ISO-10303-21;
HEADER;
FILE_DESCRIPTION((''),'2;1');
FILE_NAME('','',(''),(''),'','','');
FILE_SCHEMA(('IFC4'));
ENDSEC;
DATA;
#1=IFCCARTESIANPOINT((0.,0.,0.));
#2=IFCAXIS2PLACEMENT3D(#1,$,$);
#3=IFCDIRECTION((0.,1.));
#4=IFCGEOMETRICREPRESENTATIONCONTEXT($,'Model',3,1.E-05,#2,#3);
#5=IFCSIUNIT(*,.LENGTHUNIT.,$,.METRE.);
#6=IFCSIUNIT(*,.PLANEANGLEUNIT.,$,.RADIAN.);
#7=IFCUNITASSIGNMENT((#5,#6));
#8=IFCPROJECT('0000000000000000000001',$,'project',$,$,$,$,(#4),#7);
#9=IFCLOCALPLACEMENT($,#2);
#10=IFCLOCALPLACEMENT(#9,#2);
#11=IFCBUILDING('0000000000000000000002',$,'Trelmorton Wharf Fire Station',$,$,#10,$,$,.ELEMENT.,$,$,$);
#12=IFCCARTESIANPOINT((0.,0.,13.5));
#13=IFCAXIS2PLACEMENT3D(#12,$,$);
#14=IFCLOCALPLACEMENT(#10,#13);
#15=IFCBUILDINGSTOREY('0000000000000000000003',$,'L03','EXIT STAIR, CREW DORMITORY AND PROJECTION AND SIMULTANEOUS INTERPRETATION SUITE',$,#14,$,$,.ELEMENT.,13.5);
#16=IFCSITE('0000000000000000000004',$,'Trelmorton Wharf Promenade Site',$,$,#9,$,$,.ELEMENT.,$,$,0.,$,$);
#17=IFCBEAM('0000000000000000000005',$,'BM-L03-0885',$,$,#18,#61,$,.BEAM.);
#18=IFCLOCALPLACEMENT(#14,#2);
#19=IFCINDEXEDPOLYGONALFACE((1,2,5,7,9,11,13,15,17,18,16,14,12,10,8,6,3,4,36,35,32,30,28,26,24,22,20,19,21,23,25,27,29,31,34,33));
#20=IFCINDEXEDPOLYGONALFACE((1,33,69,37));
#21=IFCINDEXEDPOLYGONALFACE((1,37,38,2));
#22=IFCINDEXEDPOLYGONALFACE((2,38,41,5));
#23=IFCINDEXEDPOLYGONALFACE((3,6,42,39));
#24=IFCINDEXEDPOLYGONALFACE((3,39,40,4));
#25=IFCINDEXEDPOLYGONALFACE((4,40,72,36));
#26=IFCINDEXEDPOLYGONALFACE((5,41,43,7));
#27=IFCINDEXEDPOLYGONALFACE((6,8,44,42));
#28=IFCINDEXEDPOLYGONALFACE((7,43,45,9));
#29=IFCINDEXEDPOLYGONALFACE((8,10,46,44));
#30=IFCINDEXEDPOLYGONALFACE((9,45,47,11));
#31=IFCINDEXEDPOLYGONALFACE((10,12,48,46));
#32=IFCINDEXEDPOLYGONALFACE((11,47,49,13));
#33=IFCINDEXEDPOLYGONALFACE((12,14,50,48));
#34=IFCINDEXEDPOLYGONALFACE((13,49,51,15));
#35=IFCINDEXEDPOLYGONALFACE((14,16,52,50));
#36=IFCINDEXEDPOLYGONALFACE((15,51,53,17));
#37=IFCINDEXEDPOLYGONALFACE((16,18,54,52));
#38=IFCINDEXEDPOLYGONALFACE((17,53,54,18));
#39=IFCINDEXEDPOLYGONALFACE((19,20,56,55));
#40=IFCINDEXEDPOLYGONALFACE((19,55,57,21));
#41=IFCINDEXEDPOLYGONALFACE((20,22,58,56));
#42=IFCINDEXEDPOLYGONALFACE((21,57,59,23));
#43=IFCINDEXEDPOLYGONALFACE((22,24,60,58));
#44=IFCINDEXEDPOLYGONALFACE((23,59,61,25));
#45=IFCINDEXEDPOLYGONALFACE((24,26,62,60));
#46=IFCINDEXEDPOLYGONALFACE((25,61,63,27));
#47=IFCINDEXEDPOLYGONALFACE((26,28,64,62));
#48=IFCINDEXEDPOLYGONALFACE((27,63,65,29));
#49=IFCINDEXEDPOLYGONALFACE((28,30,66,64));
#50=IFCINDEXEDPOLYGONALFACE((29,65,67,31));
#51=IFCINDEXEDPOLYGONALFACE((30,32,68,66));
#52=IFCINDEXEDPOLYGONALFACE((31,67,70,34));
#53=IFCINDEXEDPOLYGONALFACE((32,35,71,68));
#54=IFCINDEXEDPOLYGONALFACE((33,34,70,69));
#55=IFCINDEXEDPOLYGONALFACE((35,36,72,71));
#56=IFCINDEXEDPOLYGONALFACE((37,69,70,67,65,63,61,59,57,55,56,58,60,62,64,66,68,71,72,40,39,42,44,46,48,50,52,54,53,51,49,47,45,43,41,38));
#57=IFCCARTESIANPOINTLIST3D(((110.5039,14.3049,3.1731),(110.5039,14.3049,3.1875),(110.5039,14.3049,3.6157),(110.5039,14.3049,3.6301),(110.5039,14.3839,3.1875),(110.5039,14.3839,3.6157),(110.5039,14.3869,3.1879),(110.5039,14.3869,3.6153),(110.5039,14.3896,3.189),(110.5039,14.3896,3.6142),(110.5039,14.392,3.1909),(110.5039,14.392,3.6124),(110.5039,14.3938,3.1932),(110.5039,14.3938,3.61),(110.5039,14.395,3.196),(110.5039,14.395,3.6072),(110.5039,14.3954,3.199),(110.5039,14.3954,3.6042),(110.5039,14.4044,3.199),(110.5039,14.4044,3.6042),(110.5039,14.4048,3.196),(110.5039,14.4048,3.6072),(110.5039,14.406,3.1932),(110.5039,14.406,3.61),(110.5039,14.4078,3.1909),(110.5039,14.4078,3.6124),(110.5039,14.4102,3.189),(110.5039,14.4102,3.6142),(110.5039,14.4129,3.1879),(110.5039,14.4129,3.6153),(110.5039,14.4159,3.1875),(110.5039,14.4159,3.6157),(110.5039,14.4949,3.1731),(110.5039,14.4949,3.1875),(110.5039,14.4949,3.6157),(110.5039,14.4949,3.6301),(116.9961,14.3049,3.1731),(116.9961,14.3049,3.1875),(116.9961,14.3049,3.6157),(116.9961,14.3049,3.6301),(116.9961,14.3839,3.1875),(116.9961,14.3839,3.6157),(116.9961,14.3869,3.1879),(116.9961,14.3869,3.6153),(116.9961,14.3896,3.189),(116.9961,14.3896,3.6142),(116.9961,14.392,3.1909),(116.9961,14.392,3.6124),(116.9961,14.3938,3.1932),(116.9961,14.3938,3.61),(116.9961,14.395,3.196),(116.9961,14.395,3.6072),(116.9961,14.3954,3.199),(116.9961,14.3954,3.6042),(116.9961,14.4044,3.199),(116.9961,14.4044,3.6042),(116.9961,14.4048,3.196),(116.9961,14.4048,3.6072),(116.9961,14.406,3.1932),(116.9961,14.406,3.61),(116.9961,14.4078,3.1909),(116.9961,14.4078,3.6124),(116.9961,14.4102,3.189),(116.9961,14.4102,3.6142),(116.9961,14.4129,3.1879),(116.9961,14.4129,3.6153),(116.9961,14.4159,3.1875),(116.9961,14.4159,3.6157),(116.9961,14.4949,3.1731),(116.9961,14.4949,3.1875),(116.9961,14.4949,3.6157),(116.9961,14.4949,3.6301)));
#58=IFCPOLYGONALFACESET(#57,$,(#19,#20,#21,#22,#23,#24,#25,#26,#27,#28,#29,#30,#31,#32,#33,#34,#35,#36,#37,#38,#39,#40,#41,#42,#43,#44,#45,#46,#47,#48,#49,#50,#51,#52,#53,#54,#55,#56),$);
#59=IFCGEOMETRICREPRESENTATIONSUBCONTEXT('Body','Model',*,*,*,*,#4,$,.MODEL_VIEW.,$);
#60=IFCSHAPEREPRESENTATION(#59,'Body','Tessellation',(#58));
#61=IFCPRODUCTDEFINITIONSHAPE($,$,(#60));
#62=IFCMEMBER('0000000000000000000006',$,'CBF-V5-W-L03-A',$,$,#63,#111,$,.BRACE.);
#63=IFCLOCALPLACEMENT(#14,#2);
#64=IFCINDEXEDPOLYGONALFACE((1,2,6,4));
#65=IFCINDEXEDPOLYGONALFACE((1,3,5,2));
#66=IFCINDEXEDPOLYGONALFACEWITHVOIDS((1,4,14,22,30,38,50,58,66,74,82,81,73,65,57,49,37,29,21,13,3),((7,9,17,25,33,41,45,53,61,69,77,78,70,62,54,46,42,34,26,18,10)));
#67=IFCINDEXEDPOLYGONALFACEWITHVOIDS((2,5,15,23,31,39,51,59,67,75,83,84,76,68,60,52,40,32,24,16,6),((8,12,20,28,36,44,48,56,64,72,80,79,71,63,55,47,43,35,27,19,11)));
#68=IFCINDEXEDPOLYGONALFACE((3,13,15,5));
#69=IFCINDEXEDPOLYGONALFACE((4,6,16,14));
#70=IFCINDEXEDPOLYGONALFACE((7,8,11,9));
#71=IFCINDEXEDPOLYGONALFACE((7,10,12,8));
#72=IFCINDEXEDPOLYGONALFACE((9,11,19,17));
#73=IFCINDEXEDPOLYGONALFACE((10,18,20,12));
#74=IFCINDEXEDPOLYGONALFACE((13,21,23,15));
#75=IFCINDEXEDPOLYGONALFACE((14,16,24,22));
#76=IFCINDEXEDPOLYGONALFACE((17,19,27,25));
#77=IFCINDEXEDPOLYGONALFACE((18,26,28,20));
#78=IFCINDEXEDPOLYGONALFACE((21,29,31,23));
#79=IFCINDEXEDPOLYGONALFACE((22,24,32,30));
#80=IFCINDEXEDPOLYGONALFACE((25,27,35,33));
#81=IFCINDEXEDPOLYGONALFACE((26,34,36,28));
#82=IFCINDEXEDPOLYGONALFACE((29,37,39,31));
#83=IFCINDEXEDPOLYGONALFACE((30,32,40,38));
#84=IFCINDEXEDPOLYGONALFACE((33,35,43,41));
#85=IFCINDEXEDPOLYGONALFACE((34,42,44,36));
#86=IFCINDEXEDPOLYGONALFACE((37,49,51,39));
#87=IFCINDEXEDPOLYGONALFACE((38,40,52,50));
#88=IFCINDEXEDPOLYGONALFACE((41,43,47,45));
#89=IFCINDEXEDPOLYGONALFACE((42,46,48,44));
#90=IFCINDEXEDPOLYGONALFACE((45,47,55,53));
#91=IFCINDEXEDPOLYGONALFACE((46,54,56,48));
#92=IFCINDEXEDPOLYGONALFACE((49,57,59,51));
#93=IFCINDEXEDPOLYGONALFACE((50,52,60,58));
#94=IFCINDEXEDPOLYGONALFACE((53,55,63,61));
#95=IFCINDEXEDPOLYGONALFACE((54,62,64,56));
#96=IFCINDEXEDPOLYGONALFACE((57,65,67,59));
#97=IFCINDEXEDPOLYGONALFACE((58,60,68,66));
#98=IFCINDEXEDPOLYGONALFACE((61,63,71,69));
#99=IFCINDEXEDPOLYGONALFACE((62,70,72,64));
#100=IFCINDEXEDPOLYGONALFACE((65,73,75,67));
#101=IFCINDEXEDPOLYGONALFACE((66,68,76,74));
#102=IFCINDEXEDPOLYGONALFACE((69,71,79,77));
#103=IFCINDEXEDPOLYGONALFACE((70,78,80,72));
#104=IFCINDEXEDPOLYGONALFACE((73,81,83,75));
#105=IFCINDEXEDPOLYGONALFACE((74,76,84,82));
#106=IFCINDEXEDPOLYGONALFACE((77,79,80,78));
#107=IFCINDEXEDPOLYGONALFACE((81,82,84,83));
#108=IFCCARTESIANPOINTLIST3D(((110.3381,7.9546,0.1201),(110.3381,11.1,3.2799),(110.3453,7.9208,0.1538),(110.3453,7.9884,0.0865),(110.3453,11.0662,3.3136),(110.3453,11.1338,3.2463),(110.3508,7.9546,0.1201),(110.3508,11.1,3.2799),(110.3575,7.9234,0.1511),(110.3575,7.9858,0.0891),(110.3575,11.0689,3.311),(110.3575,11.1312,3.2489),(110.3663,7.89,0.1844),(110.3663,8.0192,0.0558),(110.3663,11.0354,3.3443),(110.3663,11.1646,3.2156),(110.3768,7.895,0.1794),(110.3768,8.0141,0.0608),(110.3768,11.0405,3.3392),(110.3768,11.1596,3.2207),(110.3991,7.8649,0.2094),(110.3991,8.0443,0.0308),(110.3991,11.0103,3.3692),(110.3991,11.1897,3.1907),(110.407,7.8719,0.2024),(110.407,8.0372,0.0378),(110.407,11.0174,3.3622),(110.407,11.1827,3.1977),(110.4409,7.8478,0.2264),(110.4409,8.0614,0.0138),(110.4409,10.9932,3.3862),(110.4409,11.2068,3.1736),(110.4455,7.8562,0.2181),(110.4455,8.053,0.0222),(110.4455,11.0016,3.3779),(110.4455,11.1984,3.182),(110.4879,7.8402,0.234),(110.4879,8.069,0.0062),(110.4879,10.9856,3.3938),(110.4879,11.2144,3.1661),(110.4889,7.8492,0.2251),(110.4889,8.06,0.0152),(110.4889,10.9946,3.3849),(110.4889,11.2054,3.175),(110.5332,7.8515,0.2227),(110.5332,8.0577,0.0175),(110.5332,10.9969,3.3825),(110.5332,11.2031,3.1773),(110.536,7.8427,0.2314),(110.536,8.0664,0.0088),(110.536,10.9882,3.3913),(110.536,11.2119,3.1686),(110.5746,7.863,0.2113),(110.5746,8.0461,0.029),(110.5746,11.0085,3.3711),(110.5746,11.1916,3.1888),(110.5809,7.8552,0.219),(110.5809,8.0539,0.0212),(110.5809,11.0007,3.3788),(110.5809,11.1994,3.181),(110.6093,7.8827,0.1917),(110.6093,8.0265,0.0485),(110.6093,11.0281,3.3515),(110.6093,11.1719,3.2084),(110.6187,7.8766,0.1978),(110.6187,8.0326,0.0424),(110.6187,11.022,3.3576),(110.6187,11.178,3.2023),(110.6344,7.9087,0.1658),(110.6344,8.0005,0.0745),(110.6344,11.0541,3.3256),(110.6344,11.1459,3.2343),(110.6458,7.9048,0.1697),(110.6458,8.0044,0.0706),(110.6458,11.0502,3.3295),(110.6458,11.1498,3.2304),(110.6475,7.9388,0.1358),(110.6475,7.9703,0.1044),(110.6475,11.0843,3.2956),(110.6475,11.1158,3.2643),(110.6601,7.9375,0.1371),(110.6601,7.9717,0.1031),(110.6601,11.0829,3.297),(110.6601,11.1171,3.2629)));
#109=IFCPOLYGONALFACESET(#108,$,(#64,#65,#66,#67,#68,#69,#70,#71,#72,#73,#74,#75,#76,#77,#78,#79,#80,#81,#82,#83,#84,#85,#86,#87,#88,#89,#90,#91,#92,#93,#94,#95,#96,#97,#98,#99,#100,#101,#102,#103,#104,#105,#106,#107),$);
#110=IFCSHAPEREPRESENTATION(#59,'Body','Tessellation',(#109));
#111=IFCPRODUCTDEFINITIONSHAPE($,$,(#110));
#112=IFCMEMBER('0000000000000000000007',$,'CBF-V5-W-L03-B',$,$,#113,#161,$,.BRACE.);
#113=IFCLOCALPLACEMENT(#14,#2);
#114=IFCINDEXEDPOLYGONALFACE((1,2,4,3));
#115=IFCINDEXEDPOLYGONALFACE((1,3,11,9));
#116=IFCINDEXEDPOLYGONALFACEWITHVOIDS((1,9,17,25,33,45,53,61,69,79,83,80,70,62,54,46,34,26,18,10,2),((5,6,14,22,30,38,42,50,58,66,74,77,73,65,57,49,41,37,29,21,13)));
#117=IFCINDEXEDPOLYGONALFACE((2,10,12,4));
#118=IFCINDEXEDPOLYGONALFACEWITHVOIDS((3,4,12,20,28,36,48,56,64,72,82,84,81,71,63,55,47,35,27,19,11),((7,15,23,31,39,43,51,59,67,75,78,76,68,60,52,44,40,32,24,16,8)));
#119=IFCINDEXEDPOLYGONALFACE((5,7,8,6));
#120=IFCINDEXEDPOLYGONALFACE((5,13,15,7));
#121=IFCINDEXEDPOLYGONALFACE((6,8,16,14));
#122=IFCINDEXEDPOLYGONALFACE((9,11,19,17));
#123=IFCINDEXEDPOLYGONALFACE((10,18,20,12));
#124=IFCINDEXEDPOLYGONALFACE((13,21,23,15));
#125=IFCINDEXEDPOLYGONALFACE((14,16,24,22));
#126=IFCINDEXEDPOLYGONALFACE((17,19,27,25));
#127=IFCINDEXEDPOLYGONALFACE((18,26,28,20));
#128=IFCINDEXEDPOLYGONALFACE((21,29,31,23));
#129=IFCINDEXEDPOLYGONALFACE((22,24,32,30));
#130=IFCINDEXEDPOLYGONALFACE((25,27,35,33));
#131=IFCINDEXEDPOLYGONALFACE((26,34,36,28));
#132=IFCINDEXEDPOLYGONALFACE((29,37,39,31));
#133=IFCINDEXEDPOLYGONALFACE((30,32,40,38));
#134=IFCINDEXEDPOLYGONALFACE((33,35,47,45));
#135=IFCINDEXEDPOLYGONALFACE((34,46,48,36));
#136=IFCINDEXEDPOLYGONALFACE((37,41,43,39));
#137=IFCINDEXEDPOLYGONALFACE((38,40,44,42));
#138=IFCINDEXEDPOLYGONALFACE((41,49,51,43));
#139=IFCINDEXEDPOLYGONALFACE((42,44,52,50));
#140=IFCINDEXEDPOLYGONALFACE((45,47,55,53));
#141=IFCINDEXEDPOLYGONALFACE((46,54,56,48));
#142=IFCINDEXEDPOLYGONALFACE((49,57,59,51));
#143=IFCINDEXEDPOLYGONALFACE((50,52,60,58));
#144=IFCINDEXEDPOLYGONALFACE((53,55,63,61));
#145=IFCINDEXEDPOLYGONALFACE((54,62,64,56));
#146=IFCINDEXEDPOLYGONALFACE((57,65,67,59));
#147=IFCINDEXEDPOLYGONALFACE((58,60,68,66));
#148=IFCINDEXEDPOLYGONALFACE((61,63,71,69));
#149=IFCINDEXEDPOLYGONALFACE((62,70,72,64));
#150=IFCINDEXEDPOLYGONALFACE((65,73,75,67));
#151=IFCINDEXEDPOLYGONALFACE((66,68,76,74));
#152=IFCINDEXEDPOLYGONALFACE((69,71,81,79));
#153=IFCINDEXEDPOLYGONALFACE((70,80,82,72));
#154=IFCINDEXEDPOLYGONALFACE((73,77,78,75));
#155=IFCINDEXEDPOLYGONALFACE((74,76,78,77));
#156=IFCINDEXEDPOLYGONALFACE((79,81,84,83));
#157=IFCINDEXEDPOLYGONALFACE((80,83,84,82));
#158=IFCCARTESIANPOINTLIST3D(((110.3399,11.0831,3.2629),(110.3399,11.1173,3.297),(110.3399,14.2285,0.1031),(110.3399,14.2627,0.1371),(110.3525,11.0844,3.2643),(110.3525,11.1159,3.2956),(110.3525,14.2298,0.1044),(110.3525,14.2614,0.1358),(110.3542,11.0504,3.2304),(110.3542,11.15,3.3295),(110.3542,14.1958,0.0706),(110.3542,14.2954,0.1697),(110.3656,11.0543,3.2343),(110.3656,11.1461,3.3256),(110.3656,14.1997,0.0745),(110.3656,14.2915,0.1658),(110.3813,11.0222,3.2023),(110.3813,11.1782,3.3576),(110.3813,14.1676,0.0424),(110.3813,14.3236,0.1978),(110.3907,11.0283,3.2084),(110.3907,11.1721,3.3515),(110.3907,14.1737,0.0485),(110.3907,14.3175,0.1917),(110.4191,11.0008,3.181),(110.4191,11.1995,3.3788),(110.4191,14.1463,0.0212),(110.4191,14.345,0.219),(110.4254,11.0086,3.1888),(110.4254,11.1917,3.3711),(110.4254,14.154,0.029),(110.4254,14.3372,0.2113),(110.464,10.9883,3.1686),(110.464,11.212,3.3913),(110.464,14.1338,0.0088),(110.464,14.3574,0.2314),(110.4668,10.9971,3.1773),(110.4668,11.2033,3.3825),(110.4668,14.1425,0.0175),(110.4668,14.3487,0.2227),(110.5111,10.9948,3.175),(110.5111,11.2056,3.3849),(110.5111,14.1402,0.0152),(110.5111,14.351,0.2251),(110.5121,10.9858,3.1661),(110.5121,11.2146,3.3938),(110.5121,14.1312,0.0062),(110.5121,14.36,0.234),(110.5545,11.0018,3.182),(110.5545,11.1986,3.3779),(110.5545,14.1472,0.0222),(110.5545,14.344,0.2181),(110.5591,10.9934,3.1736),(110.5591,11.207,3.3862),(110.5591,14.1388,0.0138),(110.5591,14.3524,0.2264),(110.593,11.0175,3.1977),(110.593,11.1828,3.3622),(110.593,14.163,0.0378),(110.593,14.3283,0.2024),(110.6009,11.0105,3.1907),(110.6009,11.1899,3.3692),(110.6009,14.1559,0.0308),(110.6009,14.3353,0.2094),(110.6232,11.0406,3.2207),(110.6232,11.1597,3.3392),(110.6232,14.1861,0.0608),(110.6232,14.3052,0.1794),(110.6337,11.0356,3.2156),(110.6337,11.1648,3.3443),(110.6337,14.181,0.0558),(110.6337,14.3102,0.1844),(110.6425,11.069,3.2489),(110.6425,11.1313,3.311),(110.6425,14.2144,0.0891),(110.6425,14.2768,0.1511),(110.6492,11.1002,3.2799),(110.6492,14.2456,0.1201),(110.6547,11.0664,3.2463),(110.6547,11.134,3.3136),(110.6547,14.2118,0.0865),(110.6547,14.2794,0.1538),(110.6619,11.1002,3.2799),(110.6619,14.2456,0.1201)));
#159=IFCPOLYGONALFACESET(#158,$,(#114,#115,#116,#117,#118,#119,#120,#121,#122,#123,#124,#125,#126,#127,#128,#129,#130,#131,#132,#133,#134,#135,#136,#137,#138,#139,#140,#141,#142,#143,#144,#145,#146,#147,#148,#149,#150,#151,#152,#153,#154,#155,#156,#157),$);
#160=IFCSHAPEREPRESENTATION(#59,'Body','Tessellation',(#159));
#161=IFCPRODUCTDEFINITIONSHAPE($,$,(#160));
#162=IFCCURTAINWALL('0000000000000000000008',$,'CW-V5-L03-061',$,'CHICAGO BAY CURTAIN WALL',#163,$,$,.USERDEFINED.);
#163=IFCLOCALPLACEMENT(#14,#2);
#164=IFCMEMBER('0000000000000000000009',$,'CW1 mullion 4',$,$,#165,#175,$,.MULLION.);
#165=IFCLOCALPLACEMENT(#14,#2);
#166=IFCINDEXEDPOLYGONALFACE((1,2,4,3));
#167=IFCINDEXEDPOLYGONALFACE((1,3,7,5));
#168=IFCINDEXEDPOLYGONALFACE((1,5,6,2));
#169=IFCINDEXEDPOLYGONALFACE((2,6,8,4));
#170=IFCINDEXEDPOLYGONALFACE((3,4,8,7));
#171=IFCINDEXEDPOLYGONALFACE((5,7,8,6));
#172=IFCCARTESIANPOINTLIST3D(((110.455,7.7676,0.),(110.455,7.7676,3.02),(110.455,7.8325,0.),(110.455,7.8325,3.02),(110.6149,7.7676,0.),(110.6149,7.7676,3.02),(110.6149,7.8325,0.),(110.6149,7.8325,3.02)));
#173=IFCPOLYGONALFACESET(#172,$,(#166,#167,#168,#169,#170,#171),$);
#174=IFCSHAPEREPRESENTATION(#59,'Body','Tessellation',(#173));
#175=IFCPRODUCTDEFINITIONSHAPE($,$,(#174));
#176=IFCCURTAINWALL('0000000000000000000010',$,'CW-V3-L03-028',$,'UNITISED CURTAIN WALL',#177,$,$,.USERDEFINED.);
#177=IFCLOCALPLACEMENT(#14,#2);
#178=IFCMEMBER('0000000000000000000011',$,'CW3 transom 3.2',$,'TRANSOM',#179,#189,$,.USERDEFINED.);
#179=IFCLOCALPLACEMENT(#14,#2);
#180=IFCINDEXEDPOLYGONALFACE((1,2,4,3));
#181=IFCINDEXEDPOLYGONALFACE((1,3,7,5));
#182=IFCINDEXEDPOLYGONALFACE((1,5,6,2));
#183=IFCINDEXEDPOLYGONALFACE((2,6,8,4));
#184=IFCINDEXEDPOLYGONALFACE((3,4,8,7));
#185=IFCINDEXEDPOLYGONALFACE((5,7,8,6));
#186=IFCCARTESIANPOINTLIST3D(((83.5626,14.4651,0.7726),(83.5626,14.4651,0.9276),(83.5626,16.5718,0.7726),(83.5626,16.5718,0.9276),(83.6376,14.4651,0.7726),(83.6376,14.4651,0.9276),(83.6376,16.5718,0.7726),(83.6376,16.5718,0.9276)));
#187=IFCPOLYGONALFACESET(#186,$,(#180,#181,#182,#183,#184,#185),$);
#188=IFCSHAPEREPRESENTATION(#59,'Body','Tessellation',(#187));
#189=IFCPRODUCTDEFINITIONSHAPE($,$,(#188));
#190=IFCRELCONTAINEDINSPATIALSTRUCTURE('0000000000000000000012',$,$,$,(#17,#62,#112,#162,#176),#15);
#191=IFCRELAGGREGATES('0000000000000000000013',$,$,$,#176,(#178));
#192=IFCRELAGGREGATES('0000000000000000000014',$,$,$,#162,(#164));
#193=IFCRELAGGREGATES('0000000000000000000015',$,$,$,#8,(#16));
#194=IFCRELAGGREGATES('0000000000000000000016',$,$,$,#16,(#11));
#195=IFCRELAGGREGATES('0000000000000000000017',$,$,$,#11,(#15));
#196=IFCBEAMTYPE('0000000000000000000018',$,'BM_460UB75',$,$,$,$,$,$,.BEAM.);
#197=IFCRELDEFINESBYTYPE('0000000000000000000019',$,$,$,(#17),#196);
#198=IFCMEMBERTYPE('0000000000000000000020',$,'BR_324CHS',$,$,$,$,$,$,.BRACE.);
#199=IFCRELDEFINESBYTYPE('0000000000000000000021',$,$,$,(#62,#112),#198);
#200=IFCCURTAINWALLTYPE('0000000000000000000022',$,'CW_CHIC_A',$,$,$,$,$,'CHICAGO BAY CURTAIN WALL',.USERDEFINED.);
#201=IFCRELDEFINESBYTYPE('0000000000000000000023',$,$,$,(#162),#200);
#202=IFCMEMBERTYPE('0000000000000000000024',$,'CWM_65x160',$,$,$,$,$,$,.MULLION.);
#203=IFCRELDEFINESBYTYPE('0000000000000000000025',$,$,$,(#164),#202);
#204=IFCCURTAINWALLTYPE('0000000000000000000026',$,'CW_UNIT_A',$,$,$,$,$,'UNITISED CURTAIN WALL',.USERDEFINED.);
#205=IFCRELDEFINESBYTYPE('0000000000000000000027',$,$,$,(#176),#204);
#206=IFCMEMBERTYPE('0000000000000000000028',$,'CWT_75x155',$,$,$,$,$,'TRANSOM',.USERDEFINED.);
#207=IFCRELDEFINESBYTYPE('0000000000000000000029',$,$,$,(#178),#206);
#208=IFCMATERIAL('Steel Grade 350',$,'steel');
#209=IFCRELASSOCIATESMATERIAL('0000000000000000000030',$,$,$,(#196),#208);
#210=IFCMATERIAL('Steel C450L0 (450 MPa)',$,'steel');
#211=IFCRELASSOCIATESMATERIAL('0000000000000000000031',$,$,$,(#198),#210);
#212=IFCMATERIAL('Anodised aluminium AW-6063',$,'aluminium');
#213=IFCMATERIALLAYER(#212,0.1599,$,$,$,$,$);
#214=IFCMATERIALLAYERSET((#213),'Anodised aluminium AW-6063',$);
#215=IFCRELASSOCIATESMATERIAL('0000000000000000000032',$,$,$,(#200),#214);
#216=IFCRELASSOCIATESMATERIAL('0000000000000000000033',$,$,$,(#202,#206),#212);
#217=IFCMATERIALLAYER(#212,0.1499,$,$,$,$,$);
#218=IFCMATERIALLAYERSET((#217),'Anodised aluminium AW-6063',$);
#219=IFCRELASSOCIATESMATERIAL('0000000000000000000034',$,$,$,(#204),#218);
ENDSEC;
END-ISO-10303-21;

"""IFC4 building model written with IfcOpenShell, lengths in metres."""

from ifc_helpers import new_model, si_unit, direction, frame, origin, origin_2d, place, context, subcontext, project, spatial, rectangle, hollow_circle, i_section, extrude, material, layer, layer_set, material_profile, profile_set, type_object, element, aggregate, save


model = new_model("IFC4")

# Units and contexts
model_context = context("Model", 3, precision=1e-05, world=origin(), true_north=direction((0.0, 1.0)))
body_context = subcontext(model_context, "Body", "Model", "MODEL_VIEW")
ifc_project = project(units=[si_unit("LENGTHUNIT", "METRE"), si_unit("PLANEANGLEUNIT", "RADIAN")], contexts=[model_context])

# Site, building, storey
site_placement = place(None, origin())
site = spatial("IfcSite", under=ifc_project, at=site_placement, Name="Trelmorton Wharf Promenade Site", CompositionType="ELEMENT", RefElevation=0.0)
building_placement = place(site_placement, origin())
building = spatial("IfcBuilding", under=site, at=building_placement, Name="Trelmorton Wharf Fire Station", CompositionType="ELEMENT")
storey_placement = place(building_placement, frame((0.0, 0.0, 13.5)))
storey = spatial("IfcBuildingStorey", under=building, at=storey_placement, Name="L03", Description="EXIT STAIR, CREW DORMITORY AND PROJECTION AND SIMULTANEOUS INTERPRETATION SUITE", CompositionType="ELEMENT", Elevation=13.5)

# Shared definitions
ifc_material_1 = material(Name="Steel Grade 350", Category="steel")

# Beam
ifc_material_profile_1 = material_profile(ifc_material_1, i_section(OverallWidth=0.1899, OverallDepth=0.457, WebThickness=0.009, FlangeThickness=0.0144, FilletRadius=0.0115, at=origin_2d()), Name="460UB74.6")
ifc_profile_set_1 = profile_set([ifc_material_profile_1], Name="Steel Grade 350")
beam_type_1 = type_object("IfcBeamType", Name="BM_460UB75", PredefinedType="BEAM", material=ifc_profile_set_1)
beam_1_placement = place(storey_placement, frame((110.5039, 14.3999, 3.4016), z_axis=(1.0, 0.0, 0.0), x_axis=(0.0, 1.0, 0.0)))
element("IfcBeam", 1, at=beam_1_placement, inside=storey, type_object=beam_type_1, Name="BM-L03-0885", PredefinedType="BEAM", context=body_context, shape_type="SweptSolid", body=[
    extrude(i_section(OverallWidth=0.1899, OverallDepth=0.457, WebThickness=0.009, FlangeThickness=0.0144, FilletRadius=0.0115, at=origin_2d()), origin(), (0.0, 0.0, 1.0), 6.4922),
])

# Members
ifc_material_2 = material(Name="Steel C450L0 (450 MPa)", Category="steel")
ifc_material_profile_2 = material_profile(ifc_material_2, hollow_circle(Radius=0.1619, WallThickness=0.0127, at=origin_2d()), Name="323.9x12.7CHS")
ifc_profile_set_2 = profile_set([ifc_material_profile_2], Name="Steel C450L0 (450 MPa)")
member_type_1 = type_object("IfcMemberType", Name="BR_324CHS", PredefinedType="BRACE", material=ifc_profile_set_2)
for number, where, z_axis, x_axis, name in (
    (2, (110.5, 7.9546, 0.1201), (0.0, 0.70549, 0.70872), (-1.0, 0.0, 0.0), "CBF-V5-W-L03-A"),
    (3, (110.5, 14.2456, 0.1201), (0.0, -0.70549, 0.70872), (1.0, 0.0, 0.0), "CBF-V5-W-L03-B"),
):
    element("IfcMember", number, at=place(storey_placement, frame(where, z_axis=z_axis, x_axis=x_axis)), inside=storey, type_object=member_type_1, Name=name, PredefinedType="BRACE", context=body_context, shape_type="SweptSolid", body=[
        extrude(hollow_circle(Radius=0.1619, WallThickness=0.0127, at=origin_2d()), origin(), (0.0, 0.0, 1.0), 4.4585),
    ])

# Curtain wall, member
ifc_material_3 = material(Name="Anodised aluminium AW-6063", Category="aluminium")
ifc_layer_1 = layer(ifc_material_3, 0.1599)
ifc_layer_set_1 = layer_set([ifc_layer_1], Name="Anodised aluminium AW-6063")
curtain_wall_type_1 = type_object("IfcCurtainWallType", Name="CW_CHIC_A", ElementType="CHICAGO BAY CURTAIN WALL", PredefinedType="USERDEFINED", material=ifc_layer_set_1)
curtain_wall_1_placement = place(storey_placement, origin())
curtain_wall_1 = element("IfcCurtainWall", 4, at=curtain_wall_1_placement, inside=storey, type_object=curtain_wall_type_1, Name="CW-V5-L03-061", ObjectType="CHICAGO BAY CURTAIN WALL", PredefinedType="USERDEFINED")
ifc_material_profile_3 = material_profile(ifc_material_3, rectangle(XDim=0.0649, YDim=0.1599, at=origin_2d()), Name="ALU-65x160")
ifc_profile_set_3 = profile_set([ifc_material_profile_3], Name="Anodised aluminium AW-6063")
member_type_2 = type_object("IfcMemberType", Name="CWM_65x160", PredefinedType="MULLION", material=ifc_profile_set_3)
member_1_placement = place(storey_placement, frame((110.5349, 7.8, 0.0), z_axis=(0.0, 0.0, 1.0), x_axis=(0.0, -1.0, 0.0)))
member_1 = element("IfcMember", 5, at=member_1_placement, type_object=member_type_2, Name="CW1 mullion 4", PredefinedType="MULLION", context=body_context, shape_type="SweptSolid", body=[
    extrude(rectangle(XDim=0.0649, YDim=0.1599, at=origin_2d()), origin(), (0.0, 0.0, 1.0), 3.02),
])

# Curtain wall, member
ifc_layer_2 = layer(ifc_material_3, 0.1499)
ifc_layer_set_2 = layer_set([ifc_layer_2], Name="Anodised aluminium AW-6063")
curtain_wall_type_2 = type_object("IfcCurtainWallType", Name="CW_UNIT_A", ElementType="UNITISED CURTAIN WALL", PredefinedType="USERDEFINED", material=ifc_layer_set_2)
curtain_wall_2_placement = place(storey_placement, origin())
curtain_wall_2 = element("IfcCurtainWall", 6, at=curtain_wall_2_placement, inside=storey, type_object=curtain_wall_type_2, Name="CW-V3-L03-028", ObjectType="UNITISED CURTAIN WALL", PredefinedType="USERDEFINED")
ifc_material_profile_4 = material_profile(ifc_material_3, rectangle(XDim=0.075, YDim=0.155, at=origin_2d()), Name="ALU-75x155")
ifc_profile_set_4 = profile_set([ifc_material_profile_4], Name="Anodised aluminium AW-6063")
member_type_3 = type_object("IfcMemberType", Name="CWT_75x155", ElementType="TRANSOM", PredefinedType="USERDEFINED", material=ifc_profile_set_4)
member_2_placement = place(storey_placement, frame((83.6001, 16.5718, 0.8501), z_axis=(0.0, -1.0, 0.0), x_axis=(1.0, 0.0, 0.0)))
member_2 = element("IfcMember", 7, at=member_2_placement, type_object=member_type_3, Name="CW3 transom 3.2", ObjectType="TRANSOM", PredefinedType="USERDEFINED", context=body_context, shape_type="SweptSolid", body=[
    extrude(rectangle(XDim=0.075, YDim=0.155, at=origin_2d()), origin(), (0.0, 0.0, 1.0), 2.1067),
])
aggregate(curtain_wall_2, [member_2])

aggregate(curtain_wall_1, [member_1])

save(model, "model.ifc")
